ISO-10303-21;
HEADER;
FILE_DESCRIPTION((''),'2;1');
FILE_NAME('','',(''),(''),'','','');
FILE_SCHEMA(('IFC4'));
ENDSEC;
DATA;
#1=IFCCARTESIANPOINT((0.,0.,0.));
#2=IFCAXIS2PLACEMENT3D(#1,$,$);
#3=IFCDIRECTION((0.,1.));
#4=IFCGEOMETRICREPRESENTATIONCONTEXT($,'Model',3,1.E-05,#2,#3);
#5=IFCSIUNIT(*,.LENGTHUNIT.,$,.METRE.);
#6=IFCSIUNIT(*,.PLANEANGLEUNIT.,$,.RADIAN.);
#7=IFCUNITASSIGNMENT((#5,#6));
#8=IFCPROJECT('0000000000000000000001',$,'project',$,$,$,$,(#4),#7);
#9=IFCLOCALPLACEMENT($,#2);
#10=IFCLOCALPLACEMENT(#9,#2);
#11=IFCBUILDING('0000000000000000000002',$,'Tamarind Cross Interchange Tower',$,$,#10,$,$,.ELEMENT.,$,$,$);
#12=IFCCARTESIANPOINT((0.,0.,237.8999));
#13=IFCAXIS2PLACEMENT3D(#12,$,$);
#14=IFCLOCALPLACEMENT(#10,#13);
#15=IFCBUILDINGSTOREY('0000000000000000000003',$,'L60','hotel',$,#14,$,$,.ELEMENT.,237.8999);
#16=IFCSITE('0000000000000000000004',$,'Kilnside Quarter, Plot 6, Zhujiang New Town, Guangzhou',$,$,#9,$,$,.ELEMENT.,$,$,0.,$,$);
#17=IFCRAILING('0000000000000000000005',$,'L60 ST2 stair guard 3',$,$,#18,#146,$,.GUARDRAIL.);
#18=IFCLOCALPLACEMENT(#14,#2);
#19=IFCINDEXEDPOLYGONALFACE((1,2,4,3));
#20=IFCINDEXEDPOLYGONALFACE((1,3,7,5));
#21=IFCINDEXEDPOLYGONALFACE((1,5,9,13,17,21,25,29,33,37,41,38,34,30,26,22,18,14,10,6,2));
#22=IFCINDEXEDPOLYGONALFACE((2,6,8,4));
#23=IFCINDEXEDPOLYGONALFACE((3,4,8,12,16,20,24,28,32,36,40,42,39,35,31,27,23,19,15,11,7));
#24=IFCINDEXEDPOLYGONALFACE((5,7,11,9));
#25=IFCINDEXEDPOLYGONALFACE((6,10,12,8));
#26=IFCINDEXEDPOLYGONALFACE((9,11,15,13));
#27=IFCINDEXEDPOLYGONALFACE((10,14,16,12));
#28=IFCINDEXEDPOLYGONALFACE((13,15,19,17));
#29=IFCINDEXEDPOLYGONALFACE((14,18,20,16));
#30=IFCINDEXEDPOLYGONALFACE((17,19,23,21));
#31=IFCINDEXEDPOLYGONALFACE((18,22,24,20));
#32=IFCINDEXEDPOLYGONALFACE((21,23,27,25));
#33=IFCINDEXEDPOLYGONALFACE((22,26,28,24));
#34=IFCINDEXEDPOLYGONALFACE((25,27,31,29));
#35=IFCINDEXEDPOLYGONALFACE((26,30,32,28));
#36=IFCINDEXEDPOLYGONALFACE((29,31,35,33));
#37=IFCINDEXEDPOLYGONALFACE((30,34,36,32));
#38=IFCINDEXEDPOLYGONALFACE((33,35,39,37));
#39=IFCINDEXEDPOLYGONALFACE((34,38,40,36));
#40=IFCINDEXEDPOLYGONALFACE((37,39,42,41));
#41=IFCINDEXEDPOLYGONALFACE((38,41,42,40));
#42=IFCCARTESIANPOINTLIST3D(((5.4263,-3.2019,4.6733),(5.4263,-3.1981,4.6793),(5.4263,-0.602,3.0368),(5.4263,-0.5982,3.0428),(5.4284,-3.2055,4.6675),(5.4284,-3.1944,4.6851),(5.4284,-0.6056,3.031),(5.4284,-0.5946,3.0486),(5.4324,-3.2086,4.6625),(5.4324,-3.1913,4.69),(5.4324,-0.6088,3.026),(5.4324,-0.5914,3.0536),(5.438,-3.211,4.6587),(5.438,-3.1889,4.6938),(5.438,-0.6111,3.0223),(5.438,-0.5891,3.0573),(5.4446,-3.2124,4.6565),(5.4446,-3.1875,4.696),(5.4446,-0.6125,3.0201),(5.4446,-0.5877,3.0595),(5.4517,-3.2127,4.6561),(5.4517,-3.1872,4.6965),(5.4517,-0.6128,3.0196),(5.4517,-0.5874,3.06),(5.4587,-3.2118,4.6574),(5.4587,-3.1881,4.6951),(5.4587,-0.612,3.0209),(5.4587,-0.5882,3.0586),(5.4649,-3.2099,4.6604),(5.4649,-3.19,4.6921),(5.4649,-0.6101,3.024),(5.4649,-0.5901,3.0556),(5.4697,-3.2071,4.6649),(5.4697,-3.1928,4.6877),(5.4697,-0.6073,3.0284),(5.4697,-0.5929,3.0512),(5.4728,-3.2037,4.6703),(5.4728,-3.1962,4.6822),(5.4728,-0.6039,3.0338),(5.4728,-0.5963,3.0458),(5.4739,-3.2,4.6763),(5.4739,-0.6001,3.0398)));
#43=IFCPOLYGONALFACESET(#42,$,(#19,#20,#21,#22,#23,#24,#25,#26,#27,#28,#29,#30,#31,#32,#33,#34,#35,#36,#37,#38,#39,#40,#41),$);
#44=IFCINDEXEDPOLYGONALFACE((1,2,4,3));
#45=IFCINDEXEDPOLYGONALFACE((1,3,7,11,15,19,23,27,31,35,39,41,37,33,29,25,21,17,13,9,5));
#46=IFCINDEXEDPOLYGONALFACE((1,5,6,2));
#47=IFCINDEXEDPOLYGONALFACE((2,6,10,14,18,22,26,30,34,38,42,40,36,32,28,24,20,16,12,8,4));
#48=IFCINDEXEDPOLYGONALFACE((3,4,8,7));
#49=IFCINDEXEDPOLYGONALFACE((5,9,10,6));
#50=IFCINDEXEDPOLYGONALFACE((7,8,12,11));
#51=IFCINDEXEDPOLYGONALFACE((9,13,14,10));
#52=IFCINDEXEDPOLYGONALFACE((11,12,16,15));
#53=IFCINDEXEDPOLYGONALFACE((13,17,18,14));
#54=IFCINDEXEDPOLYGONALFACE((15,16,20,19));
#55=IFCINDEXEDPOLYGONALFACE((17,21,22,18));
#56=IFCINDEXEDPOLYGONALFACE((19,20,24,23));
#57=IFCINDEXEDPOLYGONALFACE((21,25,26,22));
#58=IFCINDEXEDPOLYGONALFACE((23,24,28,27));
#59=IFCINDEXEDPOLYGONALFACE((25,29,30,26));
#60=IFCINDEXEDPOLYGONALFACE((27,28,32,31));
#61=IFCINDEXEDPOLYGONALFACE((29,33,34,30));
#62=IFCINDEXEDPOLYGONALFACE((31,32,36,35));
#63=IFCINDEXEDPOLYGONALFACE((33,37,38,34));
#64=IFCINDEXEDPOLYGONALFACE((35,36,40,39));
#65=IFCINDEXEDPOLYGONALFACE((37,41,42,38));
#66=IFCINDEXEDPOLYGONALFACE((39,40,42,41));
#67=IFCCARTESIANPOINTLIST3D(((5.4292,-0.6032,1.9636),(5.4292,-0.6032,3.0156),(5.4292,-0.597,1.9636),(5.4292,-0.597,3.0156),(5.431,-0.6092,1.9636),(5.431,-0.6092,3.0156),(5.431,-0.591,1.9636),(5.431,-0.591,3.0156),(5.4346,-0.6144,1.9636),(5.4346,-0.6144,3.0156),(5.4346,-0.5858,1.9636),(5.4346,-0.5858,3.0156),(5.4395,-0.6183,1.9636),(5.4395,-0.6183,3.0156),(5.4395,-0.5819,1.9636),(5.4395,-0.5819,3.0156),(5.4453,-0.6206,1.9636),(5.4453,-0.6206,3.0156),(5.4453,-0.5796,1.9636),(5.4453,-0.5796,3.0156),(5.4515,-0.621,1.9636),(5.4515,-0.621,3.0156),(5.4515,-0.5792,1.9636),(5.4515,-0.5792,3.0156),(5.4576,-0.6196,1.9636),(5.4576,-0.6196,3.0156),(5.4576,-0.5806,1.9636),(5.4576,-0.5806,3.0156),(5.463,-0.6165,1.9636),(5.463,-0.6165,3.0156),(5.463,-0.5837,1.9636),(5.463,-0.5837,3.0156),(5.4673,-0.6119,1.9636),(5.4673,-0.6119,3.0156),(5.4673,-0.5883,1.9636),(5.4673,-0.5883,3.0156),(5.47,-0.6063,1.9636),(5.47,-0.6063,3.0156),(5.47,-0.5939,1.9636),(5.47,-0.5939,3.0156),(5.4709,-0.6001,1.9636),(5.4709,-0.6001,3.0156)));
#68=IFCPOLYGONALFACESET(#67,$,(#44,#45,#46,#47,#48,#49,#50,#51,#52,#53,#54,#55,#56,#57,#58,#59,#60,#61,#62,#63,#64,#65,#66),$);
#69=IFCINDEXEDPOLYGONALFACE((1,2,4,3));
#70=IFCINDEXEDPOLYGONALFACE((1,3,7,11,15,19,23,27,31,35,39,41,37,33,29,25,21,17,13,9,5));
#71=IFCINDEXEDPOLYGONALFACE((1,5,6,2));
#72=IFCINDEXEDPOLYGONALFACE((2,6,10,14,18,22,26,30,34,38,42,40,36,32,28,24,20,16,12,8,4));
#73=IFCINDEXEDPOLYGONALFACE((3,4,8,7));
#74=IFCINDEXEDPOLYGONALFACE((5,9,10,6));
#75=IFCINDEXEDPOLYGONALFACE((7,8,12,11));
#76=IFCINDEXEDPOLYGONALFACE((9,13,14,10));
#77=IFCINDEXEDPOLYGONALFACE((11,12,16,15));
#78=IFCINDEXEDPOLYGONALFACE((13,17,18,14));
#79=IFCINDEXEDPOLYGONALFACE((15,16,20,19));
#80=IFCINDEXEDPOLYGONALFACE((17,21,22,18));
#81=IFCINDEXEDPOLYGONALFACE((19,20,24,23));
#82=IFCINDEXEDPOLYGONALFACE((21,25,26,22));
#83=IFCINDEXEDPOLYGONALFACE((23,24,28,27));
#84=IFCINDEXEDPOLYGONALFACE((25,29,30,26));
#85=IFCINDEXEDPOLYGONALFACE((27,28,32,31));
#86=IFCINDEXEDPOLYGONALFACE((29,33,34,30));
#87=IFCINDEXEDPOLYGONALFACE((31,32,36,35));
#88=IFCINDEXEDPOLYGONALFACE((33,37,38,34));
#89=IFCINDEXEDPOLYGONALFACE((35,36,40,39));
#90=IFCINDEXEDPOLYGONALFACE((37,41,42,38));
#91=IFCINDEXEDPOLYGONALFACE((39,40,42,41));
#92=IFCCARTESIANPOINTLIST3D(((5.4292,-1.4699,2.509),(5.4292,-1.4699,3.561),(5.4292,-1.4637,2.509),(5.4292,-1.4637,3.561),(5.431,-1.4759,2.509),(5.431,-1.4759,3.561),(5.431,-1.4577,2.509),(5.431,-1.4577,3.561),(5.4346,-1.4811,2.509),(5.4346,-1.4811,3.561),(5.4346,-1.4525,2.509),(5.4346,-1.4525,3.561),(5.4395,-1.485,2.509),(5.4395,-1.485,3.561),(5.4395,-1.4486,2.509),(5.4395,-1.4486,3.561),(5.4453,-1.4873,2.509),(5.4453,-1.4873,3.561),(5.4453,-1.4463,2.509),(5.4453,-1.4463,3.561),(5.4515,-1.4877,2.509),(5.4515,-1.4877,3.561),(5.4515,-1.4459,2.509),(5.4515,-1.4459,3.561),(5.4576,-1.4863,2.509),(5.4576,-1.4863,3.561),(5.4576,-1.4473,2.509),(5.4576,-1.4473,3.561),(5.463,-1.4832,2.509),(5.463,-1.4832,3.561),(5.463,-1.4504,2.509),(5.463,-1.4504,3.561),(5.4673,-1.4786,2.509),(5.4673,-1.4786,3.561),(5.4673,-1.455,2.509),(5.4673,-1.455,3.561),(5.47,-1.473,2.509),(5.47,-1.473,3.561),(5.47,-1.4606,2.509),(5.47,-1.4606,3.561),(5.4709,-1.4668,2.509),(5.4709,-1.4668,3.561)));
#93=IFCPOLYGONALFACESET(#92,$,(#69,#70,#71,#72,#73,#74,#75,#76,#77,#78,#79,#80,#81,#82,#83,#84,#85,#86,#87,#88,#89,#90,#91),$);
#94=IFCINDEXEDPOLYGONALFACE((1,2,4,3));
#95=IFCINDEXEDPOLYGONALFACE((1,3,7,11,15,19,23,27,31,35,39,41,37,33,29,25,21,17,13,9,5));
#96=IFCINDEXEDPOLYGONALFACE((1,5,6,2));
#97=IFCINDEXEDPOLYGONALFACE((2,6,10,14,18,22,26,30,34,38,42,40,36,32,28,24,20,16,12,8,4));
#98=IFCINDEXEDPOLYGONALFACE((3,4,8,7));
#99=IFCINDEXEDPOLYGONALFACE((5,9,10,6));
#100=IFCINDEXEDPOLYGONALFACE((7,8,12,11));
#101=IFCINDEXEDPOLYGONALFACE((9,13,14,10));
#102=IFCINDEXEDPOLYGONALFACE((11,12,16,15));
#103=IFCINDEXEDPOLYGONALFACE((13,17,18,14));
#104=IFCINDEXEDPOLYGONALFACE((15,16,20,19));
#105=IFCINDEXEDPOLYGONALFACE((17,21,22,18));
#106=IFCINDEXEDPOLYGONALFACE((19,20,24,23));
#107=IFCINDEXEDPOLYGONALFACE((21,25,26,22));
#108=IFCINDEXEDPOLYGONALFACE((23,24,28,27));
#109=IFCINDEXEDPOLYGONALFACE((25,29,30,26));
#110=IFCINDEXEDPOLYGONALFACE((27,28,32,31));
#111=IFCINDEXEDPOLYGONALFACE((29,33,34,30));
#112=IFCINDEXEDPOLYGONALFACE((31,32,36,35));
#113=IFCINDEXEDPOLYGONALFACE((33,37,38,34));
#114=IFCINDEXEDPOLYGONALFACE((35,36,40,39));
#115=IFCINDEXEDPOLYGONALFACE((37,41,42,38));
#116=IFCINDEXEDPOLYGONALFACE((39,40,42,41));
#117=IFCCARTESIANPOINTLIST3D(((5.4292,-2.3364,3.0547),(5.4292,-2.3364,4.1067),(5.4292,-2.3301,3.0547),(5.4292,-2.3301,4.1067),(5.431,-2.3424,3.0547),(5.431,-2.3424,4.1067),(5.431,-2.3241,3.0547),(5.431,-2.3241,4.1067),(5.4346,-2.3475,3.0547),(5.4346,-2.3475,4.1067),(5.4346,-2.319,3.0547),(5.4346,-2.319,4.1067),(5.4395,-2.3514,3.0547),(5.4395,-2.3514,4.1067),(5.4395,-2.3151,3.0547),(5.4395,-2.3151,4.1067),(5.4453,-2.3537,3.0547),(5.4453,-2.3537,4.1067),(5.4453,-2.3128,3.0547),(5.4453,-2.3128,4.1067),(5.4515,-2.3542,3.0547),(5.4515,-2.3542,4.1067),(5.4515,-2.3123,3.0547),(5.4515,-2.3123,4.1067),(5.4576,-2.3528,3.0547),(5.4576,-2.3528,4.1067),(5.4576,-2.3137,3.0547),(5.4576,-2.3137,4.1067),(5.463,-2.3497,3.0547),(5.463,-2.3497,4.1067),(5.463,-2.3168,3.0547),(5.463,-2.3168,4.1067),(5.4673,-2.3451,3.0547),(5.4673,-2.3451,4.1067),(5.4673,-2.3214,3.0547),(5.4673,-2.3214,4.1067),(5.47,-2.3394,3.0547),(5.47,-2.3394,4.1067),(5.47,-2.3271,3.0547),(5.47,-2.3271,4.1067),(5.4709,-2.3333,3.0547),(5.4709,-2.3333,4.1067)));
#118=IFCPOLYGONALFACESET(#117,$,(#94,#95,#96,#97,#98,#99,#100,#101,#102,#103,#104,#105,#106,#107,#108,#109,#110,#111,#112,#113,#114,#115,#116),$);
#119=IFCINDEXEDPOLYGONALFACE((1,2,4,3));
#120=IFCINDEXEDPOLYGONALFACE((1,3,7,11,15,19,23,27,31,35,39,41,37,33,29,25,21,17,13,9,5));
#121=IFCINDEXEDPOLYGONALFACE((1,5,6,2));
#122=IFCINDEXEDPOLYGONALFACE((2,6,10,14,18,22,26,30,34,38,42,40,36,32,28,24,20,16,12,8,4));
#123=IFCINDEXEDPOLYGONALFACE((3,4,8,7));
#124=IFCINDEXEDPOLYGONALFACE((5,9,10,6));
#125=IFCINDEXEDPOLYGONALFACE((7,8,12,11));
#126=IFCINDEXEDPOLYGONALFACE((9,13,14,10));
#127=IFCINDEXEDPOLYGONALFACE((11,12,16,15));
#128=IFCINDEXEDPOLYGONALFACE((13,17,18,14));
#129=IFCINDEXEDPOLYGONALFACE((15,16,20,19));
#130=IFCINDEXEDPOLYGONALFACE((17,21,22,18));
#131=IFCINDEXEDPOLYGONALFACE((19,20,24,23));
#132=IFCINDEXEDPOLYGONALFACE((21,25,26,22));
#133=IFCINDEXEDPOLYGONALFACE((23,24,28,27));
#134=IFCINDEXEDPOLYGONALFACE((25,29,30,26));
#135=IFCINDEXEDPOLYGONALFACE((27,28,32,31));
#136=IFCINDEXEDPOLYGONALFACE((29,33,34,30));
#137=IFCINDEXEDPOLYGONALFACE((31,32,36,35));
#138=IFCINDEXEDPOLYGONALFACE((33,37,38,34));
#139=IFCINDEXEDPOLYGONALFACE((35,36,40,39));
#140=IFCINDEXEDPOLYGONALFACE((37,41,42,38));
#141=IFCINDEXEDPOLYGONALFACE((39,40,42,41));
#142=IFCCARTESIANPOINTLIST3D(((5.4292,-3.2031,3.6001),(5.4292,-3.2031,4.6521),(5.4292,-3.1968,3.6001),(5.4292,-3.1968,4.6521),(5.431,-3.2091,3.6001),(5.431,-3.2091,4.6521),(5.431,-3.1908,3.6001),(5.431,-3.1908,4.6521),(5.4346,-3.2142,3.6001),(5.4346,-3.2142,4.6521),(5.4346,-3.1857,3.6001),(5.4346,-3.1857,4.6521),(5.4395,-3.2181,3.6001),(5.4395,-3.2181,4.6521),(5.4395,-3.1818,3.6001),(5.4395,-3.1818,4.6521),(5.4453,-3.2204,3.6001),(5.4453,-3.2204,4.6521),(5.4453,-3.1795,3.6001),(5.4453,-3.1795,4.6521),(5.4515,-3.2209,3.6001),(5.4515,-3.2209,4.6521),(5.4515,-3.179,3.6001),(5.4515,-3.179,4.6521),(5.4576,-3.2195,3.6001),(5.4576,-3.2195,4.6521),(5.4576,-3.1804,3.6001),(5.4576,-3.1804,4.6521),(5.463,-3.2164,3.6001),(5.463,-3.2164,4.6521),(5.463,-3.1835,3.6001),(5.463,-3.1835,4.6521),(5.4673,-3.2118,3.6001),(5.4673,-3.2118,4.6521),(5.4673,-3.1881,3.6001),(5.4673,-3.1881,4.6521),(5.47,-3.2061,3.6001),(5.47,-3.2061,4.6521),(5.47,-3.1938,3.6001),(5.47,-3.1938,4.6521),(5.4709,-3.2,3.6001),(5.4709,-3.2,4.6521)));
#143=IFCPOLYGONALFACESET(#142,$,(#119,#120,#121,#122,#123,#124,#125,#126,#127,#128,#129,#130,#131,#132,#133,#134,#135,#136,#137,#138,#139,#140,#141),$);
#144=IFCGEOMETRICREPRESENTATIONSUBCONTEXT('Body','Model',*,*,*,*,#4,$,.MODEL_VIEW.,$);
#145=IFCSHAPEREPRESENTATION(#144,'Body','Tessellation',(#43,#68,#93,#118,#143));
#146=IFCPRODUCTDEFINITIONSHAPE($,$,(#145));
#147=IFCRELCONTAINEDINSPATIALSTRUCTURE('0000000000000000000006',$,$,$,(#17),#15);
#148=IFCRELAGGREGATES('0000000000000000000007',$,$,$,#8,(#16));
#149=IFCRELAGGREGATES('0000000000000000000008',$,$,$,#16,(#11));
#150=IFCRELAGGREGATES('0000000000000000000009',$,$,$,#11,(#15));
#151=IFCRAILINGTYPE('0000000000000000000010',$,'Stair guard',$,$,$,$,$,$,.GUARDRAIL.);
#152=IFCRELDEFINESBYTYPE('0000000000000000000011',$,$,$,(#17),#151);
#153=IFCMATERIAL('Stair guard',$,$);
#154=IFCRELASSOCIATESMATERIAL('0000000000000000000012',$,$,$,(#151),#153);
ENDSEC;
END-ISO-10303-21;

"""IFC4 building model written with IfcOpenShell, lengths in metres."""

from ifc_helpers import new_model, si_unit, direction, frame, origin, origin_2d, place, context, subcontext, project, spatial, circle, extrude, material, type_object, element, save


model = new_model("IFC4")

# Units and contexts
model_context = context("Model", 3, precision=1e-05, world=origin(), true_north=direction((0.0, 1.0)))
body_context = subcontext(model_context, "Body", "Model", "MODEL_VIEW")
ifc_project = project(units=[si_unit("LENGTHUNIT", "METRE"), si_unit("PLANEANGLEUNIT", "RADIAN")], contexts=[model_context])

# Site, building, storey
site_placement = place(None, origin())
site = spatial("IfcSite", under=ifc_project, at=site_placement, Name="Kilnside Quarter, Plot 6, Zhujiang New Town, Guangzhou", CompositionType="ELEMENT", RefElevation=0.0)
building_placement = place(site_placement, origin())
building = spatial("IfcBuilding", under=site, at=building_placement, Name="Tamarind Cross Interchange Tower", CompositionType="ELEMENT")
storey_placement = place(building_placement, frame((0.0, 0.0, 237.8999)))
storey = spatial("IfcBuildingStorey", under=building, at=storey_placement, Name="L60", Description="hotel", CompositionType="ELEMENT", Elevation=237.8999)

# Railing
ifc_material_1 = material(Name="Stair guard")
railing_type_1 = type_object("IfcRailingType", Name="Stair guard", PredefinedType="GUARDRAIL", material=ifc_material_1)
railing_1_placement = place(storey_placement, frame((5.45, -0.6001, 1.9636)))
element("IfcRailing", 1, at=railing_1_placement, inside=storey, type_object=railing_type_1, Name="L60 ST2 stair guard 3", PredefinedType="GUARDRAIL", context=body_context, shape_type="SweptSolid", body=[
    extrude(circle(Radius=0.0239, at=origin_2d()), frame((0.0, 0.0, 1.0762), z_axis=(0.0, -0.846302, 0.532704), x_axis=(1.0, 0.0, 0.0)), (0.0, 0.0, 1.0), 3.072),
    extrude(circle(Radius=0.021, at=origin_2d()), origin(), (0.0, 0.0, 1.0), 1.052),
    extrude(circle(Radius=0.021, at=origin_2d()), frame((0.0, -0.8667, 0.5454)), (0.0, 0.0, 1.0), 1.052),
    extrude(circle(Radius=0.021, at=origin_2d()), frame((0.0, -1.7332, 1.0911)), (0.0, 0.0, 1.0), 1.052),
    extrude(circle(Radius=0.021, at=origin_2d()), frame((0.0, -2.5999, 1.6365)), (0.0, 0.0, 1.0), 1.052),
])

save(model, "model.ifc")
